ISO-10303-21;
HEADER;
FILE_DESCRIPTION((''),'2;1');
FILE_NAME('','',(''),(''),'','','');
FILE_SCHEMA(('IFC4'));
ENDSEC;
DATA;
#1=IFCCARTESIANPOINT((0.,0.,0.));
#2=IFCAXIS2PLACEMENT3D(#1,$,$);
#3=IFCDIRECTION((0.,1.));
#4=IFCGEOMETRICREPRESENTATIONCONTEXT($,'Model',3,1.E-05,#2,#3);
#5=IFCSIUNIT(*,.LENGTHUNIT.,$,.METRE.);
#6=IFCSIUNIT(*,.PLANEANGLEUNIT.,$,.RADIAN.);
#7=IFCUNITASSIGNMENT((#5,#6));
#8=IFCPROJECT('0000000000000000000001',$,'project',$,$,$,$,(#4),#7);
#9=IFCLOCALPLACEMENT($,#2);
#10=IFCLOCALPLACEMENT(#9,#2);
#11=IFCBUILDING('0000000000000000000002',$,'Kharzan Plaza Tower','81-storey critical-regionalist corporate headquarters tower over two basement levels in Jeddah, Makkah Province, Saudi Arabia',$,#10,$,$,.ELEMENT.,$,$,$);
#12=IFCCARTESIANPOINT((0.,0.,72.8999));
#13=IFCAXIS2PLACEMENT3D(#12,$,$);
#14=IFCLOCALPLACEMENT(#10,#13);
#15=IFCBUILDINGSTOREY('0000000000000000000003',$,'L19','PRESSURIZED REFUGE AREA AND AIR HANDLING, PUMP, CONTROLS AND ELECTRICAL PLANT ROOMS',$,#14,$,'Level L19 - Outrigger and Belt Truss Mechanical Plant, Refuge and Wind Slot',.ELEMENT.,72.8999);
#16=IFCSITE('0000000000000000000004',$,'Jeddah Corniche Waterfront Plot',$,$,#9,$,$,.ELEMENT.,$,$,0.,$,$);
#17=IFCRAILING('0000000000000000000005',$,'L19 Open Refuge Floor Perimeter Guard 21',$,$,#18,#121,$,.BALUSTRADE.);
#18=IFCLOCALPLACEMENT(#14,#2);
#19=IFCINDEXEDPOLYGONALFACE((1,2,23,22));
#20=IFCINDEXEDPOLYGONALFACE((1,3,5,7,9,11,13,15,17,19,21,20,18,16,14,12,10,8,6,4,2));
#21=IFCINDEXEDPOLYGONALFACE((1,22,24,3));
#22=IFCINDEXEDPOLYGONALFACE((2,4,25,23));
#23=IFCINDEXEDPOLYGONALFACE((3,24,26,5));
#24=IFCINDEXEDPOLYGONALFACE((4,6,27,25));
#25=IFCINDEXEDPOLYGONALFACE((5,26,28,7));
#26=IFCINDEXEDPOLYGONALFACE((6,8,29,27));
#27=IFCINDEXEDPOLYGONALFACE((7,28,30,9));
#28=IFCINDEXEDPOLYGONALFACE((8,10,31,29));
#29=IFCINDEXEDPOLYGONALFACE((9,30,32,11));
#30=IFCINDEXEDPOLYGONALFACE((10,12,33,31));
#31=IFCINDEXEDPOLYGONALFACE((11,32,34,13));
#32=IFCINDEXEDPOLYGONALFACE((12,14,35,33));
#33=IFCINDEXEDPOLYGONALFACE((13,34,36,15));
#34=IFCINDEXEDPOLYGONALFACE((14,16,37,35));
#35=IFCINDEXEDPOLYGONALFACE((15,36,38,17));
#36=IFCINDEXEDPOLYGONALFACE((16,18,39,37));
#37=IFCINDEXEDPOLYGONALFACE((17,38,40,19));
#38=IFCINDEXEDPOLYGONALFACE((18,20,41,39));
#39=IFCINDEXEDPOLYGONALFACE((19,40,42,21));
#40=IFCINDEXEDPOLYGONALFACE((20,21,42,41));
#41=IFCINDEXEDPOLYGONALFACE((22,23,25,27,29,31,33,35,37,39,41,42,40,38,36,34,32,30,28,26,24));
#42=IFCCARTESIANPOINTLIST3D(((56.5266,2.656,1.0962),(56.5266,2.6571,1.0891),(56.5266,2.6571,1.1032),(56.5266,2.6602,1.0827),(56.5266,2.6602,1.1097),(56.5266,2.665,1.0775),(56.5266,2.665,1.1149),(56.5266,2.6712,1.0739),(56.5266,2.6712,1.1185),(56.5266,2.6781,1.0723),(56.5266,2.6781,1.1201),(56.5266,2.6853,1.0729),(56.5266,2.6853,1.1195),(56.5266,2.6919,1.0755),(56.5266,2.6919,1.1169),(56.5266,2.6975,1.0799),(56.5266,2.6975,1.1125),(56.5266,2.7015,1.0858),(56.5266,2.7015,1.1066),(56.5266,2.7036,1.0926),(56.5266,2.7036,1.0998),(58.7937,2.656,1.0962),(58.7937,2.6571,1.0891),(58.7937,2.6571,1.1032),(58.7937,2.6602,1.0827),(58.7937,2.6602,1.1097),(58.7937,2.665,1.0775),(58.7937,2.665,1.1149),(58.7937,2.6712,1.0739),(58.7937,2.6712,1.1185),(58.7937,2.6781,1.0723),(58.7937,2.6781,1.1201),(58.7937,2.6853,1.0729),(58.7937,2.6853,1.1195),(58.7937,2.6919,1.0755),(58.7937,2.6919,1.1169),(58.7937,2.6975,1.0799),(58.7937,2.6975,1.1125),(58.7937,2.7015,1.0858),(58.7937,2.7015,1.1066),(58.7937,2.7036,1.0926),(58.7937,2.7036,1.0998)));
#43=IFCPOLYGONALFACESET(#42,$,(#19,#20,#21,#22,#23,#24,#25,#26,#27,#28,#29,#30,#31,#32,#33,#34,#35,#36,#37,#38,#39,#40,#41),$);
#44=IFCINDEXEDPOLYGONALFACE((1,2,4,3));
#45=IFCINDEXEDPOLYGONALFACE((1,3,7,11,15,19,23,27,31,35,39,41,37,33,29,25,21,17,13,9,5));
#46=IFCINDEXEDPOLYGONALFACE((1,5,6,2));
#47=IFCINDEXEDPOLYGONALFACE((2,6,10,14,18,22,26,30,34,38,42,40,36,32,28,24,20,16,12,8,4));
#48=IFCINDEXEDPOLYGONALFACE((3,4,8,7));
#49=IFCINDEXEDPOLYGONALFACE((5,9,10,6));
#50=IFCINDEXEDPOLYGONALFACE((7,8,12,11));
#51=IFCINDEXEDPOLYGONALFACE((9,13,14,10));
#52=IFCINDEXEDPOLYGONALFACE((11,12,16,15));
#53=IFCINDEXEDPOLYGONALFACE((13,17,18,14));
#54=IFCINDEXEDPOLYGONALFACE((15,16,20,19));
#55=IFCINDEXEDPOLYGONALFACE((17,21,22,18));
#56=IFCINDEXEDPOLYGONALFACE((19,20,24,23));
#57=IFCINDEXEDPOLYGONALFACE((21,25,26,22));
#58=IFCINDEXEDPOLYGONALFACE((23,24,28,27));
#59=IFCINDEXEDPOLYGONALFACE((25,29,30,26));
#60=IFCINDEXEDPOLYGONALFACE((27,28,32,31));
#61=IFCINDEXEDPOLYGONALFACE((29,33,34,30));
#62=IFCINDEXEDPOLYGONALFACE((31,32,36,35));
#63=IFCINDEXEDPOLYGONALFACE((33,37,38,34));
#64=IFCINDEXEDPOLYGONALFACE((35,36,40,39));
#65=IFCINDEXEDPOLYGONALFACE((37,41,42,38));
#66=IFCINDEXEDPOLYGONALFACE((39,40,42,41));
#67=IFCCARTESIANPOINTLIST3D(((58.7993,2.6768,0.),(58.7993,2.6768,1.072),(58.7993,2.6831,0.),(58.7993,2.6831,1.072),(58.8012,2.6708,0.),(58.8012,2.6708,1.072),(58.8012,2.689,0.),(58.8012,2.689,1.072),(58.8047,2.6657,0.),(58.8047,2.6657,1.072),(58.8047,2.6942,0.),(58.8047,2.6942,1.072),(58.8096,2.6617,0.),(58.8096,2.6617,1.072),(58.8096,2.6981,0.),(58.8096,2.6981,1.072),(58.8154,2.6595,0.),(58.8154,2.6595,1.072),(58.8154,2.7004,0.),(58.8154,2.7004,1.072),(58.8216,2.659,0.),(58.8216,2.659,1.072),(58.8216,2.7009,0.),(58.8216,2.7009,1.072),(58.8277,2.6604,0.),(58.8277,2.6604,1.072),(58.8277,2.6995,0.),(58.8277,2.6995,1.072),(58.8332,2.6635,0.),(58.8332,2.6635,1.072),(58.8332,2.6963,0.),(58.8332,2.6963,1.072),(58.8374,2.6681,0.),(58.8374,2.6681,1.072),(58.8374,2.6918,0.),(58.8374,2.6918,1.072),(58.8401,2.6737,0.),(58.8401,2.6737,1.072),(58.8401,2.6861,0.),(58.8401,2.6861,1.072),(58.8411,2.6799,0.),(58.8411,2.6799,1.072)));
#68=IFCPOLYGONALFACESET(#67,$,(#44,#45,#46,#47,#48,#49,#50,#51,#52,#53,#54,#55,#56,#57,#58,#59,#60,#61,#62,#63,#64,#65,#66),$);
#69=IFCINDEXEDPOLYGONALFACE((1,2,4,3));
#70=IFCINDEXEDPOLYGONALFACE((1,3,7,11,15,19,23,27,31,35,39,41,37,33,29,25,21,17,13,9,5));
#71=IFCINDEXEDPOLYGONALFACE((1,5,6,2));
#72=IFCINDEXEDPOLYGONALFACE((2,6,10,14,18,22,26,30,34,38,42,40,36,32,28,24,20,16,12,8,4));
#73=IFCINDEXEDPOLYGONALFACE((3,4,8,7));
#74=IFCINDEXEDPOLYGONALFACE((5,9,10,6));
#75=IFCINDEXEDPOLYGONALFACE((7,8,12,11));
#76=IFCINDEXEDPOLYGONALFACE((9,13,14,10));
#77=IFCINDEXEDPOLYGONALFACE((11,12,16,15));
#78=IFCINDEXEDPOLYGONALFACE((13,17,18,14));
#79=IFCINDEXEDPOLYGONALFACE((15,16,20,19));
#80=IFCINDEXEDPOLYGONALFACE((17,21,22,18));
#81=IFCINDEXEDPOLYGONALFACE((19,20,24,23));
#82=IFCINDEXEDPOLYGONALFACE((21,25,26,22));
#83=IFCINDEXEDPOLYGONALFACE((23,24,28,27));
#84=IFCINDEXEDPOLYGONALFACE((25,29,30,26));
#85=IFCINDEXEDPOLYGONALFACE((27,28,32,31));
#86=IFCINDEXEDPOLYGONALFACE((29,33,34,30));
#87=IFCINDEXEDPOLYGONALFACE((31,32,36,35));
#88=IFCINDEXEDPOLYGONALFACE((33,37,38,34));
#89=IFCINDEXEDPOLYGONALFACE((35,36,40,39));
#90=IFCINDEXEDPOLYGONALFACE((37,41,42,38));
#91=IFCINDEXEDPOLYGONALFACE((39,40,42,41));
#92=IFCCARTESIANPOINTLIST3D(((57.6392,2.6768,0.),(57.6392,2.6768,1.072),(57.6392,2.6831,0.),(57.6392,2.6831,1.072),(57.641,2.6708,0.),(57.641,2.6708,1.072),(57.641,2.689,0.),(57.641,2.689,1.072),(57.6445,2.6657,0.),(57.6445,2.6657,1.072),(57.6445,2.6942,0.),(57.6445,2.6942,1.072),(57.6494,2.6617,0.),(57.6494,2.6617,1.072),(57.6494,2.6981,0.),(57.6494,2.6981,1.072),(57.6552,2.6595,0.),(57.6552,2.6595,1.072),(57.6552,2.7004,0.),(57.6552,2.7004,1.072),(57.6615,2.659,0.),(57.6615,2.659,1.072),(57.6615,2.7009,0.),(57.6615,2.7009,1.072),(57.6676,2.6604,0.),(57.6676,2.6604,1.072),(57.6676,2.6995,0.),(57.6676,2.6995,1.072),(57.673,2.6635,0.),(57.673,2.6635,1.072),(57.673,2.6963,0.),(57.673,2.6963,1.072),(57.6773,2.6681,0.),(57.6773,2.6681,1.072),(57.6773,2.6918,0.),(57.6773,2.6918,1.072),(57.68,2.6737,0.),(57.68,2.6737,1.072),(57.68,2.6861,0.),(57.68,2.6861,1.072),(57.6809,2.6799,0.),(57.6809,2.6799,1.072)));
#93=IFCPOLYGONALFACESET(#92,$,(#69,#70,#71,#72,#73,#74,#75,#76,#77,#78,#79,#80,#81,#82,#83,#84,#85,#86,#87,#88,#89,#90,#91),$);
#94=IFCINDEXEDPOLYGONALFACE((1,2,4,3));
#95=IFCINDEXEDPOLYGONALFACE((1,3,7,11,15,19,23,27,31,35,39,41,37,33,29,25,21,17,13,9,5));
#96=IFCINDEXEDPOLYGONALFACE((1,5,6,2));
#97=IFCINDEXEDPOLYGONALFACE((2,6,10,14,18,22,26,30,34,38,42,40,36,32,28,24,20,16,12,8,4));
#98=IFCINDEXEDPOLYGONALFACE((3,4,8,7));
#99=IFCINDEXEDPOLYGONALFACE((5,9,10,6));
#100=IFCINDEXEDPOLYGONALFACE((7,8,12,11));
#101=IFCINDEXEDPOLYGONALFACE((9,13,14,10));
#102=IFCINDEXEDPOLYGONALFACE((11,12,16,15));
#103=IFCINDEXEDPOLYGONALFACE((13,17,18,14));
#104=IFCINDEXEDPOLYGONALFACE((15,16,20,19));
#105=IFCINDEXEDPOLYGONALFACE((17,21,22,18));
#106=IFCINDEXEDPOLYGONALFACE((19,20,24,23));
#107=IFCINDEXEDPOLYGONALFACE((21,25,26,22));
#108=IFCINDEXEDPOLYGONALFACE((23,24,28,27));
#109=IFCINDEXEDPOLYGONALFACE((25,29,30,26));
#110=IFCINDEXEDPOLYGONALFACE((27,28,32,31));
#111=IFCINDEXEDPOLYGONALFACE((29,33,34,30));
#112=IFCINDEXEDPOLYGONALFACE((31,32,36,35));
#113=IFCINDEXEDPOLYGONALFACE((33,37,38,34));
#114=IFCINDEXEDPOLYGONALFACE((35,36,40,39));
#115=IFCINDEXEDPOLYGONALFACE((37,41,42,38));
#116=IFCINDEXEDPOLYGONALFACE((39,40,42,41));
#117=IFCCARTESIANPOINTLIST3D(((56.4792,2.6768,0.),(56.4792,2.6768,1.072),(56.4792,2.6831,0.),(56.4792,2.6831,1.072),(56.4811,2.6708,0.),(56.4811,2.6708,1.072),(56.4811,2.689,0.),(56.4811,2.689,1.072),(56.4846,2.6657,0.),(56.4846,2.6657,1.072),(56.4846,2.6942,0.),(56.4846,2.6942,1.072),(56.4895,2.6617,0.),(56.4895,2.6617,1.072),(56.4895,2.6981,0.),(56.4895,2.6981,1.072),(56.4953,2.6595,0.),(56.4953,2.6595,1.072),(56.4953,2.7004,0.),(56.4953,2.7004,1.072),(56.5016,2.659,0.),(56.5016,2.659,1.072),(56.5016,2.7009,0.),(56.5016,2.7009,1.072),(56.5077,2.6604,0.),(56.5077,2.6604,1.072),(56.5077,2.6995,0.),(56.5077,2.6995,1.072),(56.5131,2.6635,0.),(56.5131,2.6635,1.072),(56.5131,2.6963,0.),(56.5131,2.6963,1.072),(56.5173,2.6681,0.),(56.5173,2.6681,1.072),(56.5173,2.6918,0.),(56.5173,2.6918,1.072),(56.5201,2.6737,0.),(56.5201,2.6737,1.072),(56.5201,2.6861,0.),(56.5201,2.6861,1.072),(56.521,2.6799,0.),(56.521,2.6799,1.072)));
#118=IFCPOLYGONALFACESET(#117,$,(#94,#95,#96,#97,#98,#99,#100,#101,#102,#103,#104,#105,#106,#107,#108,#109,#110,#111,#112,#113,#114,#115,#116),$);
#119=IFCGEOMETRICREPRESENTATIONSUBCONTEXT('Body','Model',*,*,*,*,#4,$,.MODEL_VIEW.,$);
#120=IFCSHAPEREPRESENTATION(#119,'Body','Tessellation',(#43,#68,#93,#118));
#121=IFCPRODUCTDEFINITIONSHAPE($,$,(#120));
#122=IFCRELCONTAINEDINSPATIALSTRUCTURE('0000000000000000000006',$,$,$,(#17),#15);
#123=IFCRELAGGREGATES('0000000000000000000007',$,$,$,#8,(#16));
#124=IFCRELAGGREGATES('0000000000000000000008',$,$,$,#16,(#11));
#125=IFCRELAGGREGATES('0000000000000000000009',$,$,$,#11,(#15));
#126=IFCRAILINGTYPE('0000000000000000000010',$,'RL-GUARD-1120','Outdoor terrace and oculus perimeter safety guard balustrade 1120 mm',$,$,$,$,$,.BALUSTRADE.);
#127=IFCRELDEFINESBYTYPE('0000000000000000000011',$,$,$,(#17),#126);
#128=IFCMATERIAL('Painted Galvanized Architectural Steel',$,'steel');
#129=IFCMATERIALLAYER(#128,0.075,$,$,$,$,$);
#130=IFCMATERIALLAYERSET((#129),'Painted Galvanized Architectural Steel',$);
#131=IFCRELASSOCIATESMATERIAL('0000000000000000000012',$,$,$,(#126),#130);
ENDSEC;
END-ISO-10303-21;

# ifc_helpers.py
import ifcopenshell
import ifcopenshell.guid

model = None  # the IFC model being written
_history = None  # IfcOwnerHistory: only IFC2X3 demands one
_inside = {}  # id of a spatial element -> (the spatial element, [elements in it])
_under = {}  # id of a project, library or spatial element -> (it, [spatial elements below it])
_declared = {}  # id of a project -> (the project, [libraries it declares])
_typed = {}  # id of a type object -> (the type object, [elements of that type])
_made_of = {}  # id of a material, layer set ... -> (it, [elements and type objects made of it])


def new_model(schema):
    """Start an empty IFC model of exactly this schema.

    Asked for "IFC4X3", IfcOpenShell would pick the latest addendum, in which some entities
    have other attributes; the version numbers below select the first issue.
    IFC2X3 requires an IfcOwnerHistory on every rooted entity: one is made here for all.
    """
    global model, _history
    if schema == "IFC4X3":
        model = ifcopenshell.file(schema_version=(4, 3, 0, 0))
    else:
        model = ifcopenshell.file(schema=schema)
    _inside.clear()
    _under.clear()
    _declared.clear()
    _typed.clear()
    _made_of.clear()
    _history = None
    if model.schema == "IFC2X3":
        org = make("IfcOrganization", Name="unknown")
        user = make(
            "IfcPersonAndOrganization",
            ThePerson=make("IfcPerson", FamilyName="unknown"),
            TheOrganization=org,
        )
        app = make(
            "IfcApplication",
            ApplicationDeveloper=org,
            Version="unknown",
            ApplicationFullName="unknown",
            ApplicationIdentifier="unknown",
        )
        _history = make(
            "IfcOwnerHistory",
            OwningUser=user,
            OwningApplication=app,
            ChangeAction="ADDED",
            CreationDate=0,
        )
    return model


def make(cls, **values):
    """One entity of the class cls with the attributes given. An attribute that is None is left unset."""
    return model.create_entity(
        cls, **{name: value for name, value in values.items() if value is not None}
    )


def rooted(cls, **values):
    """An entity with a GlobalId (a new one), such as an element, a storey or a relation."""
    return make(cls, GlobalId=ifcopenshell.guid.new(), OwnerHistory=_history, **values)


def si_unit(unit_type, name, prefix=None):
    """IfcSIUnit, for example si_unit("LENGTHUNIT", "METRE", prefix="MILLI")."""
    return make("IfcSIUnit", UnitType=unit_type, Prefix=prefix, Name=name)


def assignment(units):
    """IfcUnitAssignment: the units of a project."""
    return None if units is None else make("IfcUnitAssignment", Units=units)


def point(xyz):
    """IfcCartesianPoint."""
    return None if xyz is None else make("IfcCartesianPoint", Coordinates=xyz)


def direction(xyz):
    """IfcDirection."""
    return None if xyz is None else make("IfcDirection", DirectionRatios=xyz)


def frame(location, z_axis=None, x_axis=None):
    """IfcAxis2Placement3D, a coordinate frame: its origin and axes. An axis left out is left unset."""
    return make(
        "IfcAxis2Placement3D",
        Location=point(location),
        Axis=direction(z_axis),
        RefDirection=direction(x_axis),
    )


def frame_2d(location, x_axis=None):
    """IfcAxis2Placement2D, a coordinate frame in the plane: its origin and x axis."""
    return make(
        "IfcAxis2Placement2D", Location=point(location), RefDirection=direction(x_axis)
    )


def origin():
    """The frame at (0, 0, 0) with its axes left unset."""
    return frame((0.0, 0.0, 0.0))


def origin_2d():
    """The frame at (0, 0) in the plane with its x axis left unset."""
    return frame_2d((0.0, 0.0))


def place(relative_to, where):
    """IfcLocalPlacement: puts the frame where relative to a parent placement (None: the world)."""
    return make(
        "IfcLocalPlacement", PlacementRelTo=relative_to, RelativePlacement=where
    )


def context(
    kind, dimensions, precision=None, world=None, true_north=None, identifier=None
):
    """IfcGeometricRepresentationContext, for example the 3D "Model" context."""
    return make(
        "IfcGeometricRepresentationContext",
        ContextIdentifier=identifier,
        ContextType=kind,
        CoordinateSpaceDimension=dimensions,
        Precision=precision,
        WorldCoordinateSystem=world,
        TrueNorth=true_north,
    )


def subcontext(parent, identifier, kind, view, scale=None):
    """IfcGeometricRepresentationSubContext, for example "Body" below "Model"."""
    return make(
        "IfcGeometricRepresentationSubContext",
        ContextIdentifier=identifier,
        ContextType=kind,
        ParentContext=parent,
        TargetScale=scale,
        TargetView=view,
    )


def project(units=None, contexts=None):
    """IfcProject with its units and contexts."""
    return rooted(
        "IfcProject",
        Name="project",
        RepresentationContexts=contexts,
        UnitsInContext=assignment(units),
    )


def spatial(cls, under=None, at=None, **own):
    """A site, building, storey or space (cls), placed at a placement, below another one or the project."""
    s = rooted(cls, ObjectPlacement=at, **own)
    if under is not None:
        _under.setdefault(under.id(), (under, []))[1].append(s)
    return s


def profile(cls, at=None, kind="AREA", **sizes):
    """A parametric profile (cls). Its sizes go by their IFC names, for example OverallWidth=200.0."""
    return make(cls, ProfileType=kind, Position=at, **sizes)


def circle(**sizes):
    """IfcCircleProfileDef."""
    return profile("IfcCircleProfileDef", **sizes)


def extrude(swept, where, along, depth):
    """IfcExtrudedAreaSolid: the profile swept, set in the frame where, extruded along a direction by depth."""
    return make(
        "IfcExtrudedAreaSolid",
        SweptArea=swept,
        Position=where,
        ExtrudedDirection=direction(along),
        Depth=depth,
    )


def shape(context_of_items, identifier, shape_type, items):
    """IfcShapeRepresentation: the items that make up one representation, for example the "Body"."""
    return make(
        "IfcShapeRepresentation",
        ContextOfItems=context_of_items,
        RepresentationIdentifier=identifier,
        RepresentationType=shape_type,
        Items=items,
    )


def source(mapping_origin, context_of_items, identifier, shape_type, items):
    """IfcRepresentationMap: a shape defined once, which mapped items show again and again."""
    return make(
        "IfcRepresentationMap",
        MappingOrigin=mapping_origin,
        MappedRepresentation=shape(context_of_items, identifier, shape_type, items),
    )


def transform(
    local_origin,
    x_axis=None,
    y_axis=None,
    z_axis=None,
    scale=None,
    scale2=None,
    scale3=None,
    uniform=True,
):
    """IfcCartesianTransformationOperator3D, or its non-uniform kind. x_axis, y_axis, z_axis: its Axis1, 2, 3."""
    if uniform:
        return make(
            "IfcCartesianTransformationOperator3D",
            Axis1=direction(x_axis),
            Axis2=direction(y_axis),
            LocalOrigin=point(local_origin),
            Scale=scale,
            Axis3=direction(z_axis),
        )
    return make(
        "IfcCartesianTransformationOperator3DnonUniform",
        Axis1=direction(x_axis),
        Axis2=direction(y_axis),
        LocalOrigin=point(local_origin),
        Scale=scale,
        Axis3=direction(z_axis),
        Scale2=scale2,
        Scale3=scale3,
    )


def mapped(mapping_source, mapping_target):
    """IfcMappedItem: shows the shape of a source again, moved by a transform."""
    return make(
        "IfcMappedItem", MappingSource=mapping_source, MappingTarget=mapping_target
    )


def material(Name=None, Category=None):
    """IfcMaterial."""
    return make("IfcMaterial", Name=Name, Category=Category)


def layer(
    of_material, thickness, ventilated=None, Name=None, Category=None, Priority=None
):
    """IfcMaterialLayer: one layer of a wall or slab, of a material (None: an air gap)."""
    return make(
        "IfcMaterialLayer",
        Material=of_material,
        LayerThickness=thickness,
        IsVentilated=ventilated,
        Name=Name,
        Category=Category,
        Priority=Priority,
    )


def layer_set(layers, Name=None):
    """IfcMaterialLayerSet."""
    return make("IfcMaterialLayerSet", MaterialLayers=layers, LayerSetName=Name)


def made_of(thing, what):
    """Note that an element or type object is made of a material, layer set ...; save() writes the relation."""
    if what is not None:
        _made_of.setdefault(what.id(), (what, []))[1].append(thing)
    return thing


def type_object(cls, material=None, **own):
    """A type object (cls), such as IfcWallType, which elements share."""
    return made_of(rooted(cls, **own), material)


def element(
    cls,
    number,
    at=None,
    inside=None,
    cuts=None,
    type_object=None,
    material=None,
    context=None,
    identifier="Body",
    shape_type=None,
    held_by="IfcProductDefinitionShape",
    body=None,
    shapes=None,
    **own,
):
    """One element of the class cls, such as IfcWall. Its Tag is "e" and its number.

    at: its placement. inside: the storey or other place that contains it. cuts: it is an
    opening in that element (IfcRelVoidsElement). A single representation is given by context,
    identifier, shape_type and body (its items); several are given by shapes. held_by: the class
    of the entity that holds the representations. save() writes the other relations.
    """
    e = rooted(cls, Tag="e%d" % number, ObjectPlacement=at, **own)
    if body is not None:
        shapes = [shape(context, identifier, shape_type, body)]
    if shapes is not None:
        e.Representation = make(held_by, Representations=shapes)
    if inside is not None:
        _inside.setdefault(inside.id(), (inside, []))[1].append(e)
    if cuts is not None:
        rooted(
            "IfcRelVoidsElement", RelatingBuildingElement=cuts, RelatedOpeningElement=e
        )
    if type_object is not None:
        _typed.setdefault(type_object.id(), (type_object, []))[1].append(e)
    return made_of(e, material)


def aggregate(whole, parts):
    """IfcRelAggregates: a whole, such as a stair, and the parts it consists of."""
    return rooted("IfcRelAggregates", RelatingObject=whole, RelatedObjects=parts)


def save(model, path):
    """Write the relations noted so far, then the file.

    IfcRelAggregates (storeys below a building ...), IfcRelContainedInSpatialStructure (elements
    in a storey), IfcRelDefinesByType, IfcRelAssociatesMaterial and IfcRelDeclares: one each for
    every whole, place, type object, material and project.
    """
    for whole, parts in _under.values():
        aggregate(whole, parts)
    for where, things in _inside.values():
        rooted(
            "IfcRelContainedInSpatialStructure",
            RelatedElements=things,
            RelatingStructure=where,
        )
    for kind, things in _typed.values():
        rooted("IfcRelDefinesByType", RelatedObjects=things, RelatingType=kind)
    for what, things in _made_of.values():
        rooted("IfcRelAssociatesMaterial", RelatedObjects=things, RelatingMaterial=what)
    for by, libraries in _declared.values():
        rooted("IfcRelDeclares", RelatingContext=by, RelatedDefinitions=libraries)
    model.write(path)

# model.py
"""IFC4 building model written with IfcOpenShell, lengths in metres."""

from ifc_helpers import new_model, si_unit, direction, frame, origin, origin_2d, place, context, subcontext, project, spatial, circle, extrude, source, transform, mapped, material, layer, layer_set, type_object, element, save


model = new_model("IFC4")

# Units and contexts
model_context = context("Model", 3, precision=1e-05, world=origin(), true_north=direction((0.0, 1.0)))
body_context = subcontext(model_context, "Body", "Model", "MODEL_VIEW")
ifc_project = project(units=[si_unit("LENGTHUNIT", "METRE"), si_unit("PLANEANGLEUNIT", "RADIAN")], contexts=[model_context])

# Site, building, storey
site_placement = place(None, origin())
site = spatial("IfcSite", under=ifc_project, at=site_placement, Name="Jeddah Corniche Waterfront Plot", CompositionType="ELEMENT", RefElevation=0.0)
building_placement = place(site_placement, origin())
building = spatial("IfcBuilding", under=site, at=building_placement, Name="Kharzan Plaza Tower", Description="81-storey critical-regionalist corporate headquarters tower over two basement levels in Jeddah, Makkah Province, Saudi Arabia", CompositionType="ELEMENT")
storey_placement = place(building_placement, frame((0.0, 0.0, 72.8999)))
storey = spatial("IfcBuildingStorey", under=building, at=storey_placement, Name="L19", Description="PRESSURIZED REFUGE AREA AND AIR HANDLING, PUMP, CONTROLS AND ELECTRICAL PLANT ROOMS", LongName="Level L19 - Outrigger and Belt Truss Mechanical Plant, Refuge and Wind Slot", CompositionType="ELEMENT", Elevation=72.8999)

# Railing
ifc_material_1 = material(Name="Painted Galvanized Architectural Steel", Category="steel")
ifc_layer_1 = layer(ifc_material_1, 0.075)
ifc_layer_set_1 = layer_set([ifc_layer_1], Name="Painted Galvanized Architectural Steel")
railing_type = type_object("IfcRailingType", Name="RL-GUARD-1120", Description="Outdoor terrace and oculus perimeter safety guard balustrade 1120 mm", PredefinedType="BALUSTRADE", material=ifc_layer_set_1)
shared_shape_1 = source(origin(), body_context, "Body", "SweptSolid", [
    extrude(circle(Radius=0.0239, at=origin_2d()), frame((-0.0264, 0.0, 1.0962), z_axis=(-1.0, 0.0, 0.0), x_axis=(0.0, -1.0, 0.0)), (0.0, 0.0, 1.0), 2.2671),
    extrude(circle(Radius=0.021, at=origin_2d()), origin(), (0.0, 0.0, 1.0), 1.072),
    extrude(circle(Radius=0.021, at=origin_2d()), frame((-1.1602, 0.0, 0.0)), (0.0, 0.0, 1.0), 1.072),
    extrude(circle(Radius=0.021, at=origin_2d()), frame((-2.3201, 0.0, 0.0)), (0.0, 0.0, 1.0), 1.072),
])
railing_1_placement = place(storey_placement, frame((58.8201, 2.6799, 0.0)))
element("IfcRailing", 1, at=railing_1_placement, inside=storey, type_object=railing_type, Name="L19 Open Refuge Floor Perimeter Guard 21", PredefinedType="BALUSTRADE", context=body_context, shape_type="MappedRepresentation", body=[
    mapped(shared_shape_1, transform((0.0, 0.0, 0.0), x_axis=(1.0, 0.0, 0.0), y_axis=(0.0, 1.0, 0.0), z_axis=(0.0, 0.0, 1.0))),
])

save(model, "model.ifc")
